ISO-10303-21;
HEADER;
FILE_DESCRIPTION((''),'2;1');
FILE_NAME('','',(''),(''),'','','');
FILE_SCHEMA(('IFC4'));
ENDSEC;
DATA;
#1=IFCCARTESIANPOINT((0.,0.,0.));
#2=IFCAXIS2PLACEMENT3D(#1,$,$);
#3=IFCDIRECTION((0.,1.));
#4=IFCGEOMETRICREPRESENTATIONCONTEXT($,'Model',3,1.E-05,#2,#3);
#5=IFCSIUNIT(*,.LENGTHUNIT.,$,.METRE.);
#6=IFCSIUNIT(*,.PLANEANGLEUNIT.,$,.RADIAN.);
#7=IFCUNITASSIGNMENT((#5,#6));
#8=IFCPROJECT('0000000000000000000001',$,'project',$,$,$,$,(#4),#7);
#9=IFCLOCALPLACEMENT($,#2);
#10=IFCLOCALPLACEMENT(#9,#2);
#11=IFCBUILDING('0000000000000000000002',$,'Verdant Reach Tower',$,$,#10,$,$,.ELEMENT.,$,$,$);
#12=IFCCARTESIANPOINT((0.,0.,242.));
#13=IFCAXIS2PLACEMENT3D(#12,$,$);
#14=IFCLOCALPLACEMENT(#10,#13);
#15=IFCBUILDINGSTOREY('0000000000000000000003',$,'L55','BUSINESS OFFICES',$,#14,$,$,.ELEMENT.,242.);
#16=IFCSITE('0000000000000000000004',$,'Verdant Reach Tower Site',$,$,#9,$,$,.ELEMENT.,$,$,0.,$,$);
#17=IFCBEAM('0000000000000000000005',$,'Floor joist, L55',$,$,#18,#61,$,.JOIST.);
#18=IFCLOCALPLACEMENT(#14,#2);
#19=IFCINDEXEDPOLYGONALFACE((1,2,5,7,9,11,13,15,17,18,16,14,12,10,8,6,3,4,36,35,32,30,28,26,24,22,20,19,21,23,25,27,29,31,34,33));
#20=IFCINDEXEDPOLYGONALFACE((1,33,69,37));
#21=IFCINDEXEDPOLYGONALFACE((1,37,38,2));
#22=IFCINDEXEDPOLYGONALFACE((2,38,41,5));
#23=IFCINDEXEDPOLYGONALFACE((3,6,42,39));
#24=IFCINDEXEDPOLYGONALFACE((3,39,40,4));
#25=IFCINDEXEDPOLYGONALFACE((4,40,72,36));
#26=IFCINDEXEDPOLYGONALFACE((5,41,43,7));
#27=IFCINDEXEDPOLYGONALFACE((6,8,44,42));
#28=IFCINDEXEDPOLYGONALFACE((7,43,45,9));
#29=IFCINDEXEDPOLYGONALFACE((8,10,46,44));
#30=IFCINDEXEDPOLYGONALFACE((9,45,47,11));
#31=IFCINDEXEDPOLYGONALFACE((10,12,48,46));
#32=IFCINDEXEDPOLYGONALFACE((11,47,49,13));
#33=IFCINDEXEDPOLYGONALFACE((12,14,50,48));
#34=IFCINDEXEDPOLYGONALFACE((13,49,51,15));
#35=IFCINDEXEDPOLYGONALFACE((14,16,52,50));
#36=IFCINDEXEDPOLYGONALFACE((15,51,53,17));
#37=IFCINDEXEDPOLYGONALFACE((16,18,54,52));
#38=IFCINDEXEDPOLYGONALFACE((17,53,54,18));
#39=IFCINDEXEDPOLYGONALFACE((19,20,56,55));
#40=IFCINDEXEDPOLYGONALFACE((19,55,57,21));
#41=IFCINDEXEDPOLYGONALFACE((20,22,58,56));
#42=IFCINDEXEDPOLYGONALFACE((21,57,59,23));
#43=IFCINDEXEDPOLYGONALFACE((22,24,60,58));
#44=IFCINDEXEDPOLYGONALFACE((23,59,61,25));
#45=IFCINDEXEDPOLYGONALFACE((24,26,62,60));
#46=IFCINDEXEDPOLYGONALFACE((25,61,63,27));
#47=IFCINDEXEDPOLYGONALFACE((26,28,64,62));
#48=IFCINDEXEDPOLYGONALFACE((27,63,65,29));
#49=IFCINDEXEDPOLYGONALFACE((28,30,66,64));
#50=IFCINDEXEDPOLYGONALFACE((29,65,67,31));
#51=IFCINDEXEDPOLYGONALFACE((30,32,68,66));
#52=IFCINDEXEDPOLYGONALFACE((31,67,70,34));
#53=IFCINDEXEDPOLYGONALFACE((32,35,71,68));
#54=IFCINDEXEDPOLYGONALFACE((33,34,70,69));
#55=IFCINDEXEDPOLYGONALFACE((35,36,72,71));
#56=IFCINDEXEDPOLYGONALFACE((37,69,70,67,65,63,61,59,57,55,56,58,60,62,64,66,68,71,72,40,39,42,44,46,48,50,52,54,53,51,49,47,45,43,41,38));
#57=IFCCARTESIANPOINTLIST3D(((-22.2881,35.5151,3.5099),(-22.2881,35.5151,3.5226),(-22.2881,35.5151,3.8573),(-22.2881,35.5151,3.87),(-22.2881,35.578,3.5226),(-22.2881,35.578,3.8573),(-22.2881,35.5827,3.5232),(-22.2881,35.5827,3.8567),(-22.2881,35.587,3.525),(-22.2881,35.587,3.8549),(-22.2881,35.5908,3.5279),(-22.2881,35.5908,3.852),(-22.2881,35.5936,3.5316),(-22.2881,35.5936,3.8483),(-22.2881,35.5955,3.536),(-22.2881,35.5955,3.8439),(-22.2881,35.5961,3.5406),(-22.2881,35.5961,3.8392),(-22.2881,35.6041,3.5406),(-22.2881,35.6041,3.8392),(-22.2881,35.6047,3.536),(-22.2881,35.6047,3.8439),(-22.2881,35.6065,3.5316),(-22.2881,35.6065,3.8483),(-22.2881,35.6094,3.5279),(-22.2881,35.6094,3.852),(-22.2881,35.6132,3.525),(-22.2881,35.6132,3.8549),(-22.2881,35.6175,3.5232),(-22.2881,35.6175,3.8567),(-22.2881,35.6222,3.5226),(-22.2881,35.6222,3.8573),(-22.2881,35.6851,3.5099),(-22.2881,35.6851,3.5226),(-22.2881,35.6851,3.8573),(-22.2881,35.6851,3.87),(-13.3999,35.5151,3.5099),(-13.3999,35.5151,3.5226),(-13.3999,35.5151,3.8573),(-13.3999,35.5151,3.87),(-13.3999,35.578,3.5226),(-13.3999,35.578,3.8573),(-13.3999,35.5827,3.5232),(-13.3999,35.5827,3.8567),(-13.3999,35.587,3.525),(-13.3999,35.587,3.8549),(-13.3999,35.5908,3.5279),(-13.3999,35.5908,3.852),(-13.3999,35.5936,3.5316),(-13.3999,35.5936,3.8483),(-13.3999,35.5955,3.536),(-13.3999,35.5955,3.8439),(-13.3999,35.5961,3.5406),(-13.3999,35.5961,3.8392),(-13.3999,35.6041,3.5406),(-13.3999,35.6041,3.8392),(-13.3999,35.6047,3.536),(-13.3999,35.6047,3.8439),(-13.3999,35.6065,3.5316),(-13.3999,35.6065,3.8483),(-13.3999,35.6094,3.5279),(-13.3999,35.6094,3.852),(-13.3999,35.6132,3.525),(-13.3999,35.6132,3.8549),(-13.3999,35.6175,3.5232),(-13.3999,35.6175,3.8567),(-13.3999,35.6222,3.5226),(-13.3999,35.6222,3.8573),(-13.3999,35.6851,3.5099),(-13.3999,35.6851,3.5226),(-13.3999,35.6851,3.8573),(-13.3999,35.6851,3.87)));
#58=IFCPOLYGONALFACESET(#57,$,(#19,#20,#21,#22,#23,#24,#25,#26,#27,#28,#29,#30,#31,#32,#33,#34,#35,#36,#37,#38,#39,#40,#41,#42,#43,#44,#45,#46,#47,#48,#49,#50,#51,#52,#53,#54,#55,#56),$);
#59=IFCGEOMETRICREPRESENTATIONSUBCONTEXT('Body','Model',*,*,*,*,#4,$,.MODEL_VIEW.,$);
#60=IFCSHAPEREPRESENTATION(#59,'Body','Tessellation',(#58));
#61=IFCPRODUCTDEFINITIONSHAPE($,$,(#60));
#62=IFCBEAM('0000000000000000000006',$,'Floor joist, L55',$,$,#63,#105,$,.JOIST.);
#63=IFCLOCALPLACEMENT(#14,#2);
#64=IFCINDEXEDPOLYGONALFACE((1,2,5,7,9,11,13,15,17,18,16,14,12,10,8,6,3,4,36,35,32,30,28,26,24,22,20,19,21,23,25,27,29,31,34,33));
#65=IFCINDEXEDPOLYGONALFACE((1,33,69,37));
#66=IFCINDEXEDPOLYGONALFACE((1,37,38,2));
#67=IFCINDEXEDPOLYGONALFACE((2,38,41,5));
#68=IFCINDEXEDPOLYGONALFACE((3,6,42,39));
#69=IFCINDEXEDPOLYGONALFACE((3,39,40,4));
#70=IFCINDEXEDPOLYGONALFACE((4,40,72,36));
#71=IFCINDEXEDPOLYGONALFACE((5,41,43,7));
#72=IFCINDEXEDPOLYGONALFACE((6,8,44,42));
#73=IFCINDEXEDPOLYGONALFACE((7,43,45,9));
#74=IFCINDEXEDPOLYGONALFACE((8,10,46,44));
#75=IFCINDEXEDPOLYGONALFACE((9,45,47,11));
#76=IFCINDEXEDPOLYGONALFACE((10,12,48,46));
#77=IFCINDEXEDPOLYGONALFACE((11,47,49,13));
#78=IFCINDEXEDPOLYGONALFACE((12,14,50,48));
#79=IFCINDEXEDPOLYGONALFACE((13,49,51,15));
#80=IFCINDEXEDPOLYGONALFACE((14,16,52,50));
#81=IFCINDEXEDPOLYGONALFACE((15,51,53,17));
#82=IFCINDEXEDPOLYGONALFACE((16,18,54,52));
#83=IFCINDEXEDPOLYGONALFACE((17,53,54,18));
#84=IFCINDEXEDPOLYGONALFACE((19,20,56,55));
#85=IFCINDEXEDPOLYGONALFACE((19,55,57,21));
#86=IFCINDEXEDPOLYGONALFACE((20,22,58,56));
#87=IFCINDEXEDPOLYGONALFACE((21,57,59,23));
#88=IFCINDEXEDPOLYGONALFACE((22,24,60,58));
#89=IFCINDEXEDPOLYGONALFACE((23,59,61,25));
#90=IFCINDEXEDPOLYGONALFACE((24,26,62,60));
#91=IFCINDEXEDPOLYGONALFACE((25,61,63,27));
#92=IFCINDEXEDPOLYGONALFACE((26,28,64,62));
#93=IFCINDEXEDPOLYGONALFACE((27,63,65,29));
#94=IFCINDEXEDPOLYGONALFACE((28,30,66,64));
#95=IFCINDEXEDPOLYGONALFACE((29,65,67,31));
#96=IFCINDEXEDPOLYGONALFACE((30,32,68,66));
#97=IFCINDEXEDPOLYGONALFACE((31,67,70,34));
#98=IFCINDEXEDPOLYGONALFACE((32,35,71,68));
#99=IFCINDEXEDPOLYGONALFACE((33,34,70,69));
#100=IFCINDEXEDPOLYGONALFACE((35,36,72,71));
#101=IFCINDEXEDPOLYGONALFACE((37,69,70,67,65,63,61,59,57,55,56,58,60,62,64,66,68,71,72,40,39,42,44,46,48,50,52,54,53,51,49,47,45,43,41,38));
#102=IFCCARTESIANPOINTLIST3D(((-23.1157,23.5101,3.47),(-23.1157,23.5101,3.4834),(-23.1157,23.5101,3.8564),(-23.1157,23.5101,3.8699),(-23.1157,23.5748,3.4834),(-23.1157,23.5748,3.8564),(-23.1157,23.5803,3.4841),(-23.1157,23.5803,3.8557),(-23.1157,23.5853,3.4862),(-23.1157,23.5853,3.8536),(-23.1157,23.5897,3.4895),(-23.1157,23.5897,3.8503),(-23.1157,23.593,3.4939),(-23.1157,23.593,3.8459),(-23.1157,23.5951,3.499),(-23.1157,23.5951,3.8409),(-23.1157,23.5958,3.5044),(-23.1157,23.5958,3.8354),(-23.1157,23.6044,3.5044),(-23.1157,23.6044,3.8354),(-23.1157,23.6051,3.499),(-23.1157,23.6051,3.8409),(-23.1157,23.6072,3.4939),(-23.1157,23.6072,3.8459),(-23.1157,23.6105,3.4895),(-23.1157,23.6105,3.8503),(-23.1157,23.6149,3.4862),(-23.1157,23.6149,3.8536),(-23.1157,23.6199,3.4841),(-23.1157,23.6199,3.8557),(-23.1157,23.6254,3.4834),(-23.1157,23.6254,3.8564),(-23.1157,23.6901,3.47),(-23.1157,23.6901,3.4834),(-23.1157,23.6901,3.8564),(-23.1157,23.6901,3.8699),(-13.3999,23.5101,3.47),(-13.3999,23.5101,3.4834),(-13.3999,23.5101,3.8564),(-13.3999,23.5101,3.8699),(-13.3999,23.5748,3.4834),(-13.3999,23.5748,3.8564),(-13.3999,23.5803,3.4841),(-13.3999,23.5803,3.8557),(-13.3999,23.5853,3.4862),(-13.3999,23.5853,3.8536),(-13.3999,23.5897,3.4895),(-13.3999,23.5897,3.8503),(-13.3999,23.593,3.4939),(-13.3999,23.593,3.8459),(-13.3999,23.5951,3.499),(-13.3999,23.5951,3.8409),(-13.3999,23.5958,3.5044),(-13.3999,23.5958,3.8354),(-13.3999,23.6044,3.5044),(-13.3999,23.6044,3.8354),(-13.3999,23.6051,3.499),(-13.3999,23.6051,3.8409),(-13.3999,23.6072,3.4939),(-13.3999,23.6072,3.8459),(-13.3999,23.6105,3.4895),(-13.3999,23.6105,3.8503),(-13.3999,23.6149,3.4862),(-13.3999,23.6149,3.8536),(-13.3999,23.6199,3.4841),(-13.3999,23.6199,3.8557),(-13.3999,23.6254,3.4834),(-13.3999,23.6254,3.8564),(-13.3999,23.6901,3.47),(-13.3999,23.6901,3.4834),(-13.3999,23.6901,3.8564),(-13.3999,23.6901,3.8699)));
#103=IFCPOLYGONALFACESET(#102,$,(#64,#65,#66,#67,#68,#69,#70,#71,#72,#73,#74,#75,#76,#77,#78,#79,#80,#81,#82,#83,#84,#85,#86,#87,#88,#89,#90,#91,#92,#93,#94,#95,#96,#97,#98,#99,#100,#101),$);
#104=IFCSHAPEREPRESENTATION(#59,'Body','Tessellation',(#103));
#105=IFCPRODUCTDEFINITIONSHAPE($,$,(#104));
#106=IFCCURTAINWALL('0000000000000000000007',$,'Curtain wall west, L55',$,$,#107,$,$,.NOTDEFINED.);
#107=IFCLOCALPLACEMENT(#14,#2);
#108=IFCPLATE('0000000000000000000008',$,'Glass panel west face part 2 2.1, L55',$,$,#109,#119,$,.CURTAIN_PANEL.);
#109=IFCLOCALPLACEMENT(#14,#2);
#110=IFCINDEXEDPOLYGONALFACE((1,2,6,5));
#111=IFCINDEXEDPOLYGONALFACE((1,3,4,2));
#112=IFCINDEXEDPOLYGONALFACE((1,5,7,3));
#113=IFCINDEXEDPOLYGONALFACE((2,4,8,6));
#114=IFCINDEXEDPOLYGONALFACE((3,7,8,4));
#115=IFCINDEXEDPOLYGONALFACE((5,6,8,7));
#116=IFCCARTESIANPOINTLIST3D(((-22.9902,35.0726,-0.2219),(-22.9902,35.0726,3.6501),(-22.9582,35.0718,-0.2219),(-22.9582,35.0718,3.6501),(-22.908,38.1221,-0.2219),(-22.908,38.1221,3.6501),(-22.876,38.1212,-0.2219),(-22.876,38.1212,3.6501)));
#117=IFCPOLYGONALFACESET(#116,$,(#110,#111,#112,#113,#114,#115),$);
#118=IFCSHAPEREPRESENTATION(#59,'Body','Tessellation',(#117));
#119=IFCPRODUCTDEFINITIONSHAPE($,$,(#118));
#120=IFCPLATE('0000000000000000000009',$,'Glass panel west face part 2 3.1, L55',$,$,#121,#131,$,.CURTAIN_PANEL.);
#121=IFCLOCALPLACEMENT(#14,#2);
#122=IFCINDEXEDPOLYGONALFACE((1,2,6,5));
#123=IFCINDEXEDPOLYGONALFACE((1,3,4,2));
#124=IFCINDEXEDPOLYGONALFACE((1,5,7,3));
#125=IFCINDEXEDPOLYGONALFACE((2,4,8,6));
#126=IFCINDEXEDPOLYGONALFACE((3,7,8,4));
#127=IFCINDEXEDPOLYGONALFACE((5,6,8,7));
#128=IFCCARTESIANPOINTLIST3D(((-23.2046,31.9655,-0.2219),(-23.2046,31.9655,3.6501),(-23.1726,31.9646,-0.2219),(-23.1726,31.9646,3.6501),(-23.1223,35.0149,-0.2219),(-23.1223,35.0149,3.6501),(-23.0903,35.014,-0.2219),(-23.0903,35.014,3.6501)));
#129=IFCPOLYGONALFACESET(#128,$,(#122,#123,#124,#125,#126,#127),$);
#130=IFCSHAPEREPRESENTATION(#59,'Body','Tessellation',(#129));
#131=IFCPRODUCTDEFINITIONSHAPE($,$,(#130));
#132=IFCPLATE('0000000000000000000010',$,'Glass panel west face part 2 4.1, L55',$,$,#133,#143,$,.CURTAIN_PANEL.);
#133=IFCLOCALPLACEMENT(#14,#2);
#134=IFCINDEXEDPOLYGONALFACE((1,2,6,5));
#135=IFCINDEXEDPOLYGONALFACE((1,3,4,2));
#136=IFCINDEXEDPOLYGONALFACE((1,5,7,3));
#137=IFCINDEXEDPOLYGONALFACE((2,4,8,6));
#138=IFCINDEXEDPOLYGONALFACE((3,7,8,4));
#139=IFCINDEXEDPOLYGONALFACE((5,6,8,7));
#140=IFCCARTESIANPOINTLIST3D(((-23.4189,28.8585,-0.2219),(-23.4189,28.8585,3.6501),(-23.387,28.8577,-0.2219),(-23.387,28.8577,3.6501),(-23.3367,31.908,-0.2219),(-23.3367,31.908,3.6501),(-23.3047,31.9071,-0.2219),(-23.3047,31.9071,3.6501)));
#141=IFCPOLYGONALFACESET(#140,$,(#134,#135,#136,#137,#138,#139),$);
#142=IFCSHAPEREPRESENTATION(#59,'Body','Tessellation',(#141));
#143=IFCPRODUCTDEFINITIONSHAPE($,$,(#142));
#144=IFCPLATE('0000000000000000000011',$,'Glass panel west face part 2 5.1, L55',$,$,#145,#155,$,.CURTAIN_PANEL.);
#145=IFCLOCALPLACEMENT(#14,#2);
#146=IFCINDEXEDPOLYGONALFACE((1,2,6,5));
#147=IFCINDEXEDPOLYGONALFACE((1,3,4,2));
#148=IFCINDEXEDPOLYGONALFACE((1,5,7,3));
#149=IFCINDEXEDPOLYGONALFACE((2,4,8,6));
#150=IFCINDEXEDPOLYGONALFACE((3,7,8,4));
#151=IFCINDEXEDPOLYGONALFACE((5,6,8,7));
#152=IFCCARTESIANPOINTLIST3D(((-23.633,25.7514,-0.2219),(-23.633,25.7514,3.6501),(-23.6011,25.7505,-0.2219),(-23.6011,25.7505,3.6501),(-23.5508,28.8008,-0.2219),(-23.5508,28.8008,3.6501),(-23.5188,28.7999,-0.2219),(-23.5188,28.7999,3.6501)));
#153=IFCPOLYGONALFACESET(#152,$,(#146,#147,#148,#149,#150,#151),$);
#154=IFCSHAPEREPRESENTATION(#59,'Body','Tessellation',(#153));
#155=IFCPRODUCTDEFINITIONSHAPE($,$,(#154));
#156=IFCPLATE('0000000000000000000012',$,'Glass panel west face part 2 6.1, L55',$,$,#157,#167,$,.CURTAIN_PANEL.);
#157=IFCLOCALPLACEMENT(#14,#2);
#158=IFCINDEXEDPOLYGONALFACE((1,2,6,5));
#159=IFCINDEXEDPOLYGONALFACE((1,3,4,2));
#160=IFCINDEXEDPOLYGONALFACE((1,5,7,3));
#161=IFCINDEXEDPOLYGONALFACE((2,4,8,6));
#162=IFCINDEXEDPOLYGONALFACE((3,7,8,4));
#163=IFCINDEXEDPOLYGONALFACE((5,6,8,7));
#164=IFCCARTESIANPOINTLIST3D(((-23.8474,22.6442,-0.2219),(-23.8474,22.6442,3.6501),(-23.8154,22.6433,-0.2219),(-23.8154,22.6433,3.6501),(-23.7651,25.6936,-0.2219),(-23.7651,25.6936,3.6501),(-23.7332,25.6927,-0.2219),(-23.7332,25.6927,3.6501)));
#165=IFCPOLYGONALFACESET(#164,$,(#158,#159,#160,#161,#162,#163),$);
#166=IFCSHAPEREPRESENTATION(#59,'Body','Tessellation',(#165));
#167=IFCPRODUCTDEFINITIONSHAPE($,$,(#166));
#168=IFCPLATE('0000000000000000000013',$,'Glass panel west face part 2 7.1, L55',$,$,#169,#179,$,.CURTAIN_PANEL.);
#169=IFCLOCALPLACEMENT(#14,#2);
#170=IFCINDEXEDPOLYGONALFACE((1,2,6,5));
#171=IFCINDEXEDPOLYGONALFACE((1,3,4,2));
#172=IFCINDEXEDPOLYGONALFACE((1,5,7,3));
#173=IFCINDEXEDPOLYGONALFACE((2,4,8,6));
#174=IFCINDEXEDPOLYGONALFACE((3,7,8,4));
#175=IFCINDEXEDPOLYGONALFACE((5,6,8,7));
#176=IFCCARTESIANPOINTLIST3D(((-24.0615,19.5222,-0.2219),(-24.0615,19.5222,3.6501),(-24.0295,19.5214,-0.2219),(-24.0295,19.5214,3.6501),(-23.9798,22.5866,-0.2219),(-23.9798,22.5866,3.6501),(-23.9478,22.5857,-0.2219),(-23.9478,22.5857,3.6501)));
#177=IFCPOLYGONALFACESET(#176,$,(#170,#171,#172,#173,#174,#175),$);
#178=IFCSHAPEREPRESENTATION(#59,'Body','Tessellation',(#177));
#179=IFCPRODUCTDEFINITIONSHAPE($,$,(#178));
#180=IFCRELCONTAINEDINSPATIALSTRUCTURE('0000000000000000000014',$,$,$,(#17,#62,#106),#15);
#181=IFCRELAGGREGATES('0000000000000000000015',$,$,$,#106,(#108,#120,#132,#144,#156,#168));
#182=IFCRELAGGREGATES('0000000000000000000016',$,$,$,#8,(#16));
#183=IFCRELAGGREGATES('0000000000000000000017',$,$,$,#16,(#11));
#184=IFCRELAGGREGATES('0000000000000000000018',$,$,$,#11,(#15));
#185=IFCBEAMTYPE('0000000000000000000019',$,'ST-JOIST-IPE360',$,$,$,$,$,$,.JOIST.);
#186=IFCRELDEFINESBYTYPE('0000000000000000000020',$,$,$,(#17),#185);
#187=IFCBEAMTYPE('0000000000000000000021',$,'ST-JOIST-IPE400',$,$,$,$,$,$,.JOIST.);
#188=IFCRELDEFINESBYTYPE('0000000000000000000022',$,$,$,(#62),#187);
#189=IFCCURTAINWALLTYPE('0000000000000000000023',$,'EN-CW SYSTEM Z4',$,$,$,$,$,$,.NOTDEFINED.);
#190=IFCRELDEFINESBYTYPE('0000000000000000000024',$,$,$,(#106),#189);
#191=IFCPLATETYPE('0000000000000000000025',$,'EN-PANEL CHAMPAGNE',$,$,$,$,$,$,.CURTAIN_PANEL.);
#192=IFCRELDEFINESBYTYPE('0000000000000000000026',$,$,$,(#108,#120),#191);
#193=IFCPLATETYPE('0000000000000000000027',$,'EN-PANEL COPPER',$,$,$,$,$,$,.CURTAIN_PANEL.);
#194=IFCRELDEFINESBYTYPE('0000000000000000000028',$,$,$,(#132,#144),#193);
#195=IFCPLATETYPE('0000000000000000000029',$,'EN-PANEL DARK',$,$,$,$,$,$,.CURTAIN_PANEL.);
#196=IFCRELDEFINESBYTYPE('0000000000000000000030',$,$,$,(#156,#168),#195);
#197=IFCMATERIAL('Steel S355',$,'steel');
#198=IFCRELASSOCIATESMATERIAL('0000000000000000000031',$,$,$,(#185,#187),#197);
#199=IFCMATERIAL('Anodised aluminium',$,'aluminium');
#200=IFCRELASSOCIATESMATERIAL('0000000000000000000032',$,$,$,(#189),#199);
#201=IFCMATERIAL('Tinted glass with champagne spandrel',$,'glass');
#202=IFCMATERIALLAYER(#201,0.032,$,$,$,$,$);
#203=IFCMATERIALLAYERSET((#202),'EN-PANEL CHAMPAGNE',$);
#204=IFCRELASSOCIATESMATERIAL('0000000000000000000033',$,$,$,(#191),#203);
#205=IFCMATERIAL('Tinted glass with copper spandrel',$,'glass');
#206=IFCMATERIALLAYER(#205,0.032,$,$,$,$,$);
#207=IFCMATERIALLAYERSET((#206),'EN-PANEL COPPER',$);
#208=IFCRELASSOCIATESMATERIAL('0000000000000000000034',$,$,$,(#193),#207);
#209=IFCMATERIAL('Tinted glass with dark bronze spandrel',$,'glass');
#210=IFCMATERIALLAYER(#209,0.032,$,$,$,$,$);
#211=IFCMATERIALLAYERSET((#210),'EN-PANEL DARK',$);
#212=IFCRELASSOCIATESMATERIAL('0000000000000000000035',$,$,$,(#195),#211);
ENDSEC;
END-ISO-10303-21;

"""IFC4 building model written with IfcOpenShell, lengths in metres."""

from ifc_helpers import new_model, si_unit, direction, frame, origin, origin_2d, place, context, subcontext, project, spatial, rectangle, i_section, extrude, material, layer, layer_set, material_profile, profile_set, type_object, element, aggregate, save


model = new_model("IFC4")

# Units and contexts
model_context = context("Model", 3, precision=1e-05, world=origin(), true_north=direction((0.0, 1.0)))
body_context = subcontext(model_context, "Body", "Model", "MODEL_VIEW")
ifc_project = project(units=[si_unit("LENGTHUNIT", "METRE"), si_unit("PLANEANGLEUNIT", "RADIAN")], contexts=[model_context])

# Site, building, storey
site_placement = place(None, origin())
site = spatial("IfcSite", under=ifc_project, at=site_placement, Name="Verdant Reach Tower Site", CompositionType="ELEMENT", RefElevation=0.0)
building_placement = place(site_placement, origin())
building = spatial("IfcBuilding", under=site, at=building_placement, Name="Verdant Reach Tower", CompositionType="ELEMENT")
storey_placement = place(building_placement, frame((0.0, 0.0, 242.0)))
storey = spatial("IfcBuildingStorey", under=building, at=storey_placement, Name="L55", Description="BUSINESS OFFICES", CompositionType="ELEMENT", Elevation=242.0)

# Beams
ifc_material_1 = material(Name="Steel S355", Category="steel")
ifc_material_profile_1 = material_profile(ifc_material_1, i_section(OverallWidth=0.1699, OverallDepth=0.3601, WebThickness=0.0081, FlangeThickness=0.0127, FilletRadius=0.0181, at=origin_2d()), Name="IPE 360")
ifc_profile_set_1 = profile_set([ifc_material_profile_1], Name="Steel S355")
beam_type_1 = type_object("IfcBeamType", Name="ST-JOIST-IPE360", PredefinedType="JOIST", material=ifc_profile_set_1)
beam_1_placement = place(storey_placement, frame((-13.3999, 35.6001, 3.6899), z_axis=(-1.0, 0.0, 0.0), x_axis=(0.0, -1.0, 0.0)))
element("IfcBeam", 1, at=beam_1_placement, inside=storey, type_object=beam_type_1, Name="Floor joist, L55", PredefinedType="JOIST", context=body_context, shape_type="SweptSolid", body=[
    extrude(i_section(OverallWidth=0.1699, OverallDepth=0.3601, WebThickness=0.0081, FlangeThickness=0.0127, FilletRadius=0.0181, at=origin_2d()), origin(), (0.0, 0.0, 1.0), 8.8882),
])
ifc_material_profile_2 = material_profile(ifc_material_1, i_section(OverallWidth=0.1799, OverallDepth=0.3999, WebThickness=0.0085, FlangeThickness=0.0134, FilletRadius=0.021, at=origin_2d()), Name="IPE 400")
ifc_profile_set_2 = profile_set([ifc_material_profile_2], Name="Steel S355")
beam_type_2 = type_object("IfcBeamType", Name="ST-JOIST-IPE400", PredefinedType="JOIST", material=ifc_profile_set_2)
beam_2_placement = place(storey_placement, frame((-13.3999, 23.6001, 3.6699), z_axis=(-1.0, 0.0, 0.0), x_axis=(0.0, -1.0, 0.0)))
element("IfcBeam", 2, at=beam_2_placement, inside=storey, type_object=beam_type_2, Name="Floor joist, L55", PredefinedType="JOIST", context=body_context, shape_type="SweptSolid", body=[
    extrude(i_section(OverallWidth=0.1799, OverallDepth=0.3999, WebThickness=0.0085, FlangeThickness=0.0134, FilletRadius=0.021, at=origin_2d()), origin(), (0.0, 0.0, 1.0), 9.7158),
])

# Curtain wall, plates
ifc_material_2 = material(Name="Anodised aluminium", Category="aluminium")
curtain_wall_type = type_object("IfcCurtainWallType", Name="EN-CW SYSTEM Z4", PredefinedType="NOTDEFINED", material=ifc_material_2)
curtain_wall_placement = place(storey_placement, origin())
curtain_wall = element("IfcCurtainWall", 3, at=curtain_wall_placement, inside=storey, type_object=curtain_wall_type, Name="Curtain wall west, L55", PredefinedType="NOTDEFINED")
ifc_material_3 = material(Name="Tinted glass with champagne spandrel", Category="glass")
ifc_layer_1 = layer(ifc_material_3, 0.032)
ifc_layer_set_1 = layer_set([ifc_layer_1], Name="EN-PANEL CHAMPAGNE")
plate_type_1 = type_object("IfcPlateType", Name="EN-PANEL CHAMPAGNE", PredefinedType="CURTAIN_PANEL", material=ifc_layer_set_1)
plate_1_placement = place(storey_placement, frame((-22.9331, 36.5969, -0.2219), z_axis=(0.0, 0.0, 1.0), x_axis=(-0.026965, -0.999636, 0.0)))
plate_1 = element("IfcPlate", 4, at=plate_1_placement, type_object=plate_type_1, Name="Glass panel west face part 2 2.1, L55", PredefinedType="CURTAIN_PANEL", context=body_context, shape_type="SweptSolid", body=[
    extrude(rectangle(XDim=3.0505, YDim=0.032, at=origin_2d()), origin(), (0.0, 0.0, 1.0), 3.8721),
])
plate_2_placement = place(storey_placement, frame((-23.1475, 33.4897, -0.2219), z_axis=(0.0, 0.0, 1.0), x_axis=(-0.026965, -0.999636, 0.0)))
plate_2 = element("IfcPlate", 5, at=plate_2_placement, type_object=plate_type_1, Name="Glass panel west face part 2 3.1, L55", PredefinedType="CURTAIN_PANEL", context=body_context, shape_type="SweptSolid", body=[
    extrude(rectangle(XDim=3.0505, YDim=0.032, at=origin_2d()), origin(), (0.0, 0.0, 1.0), 3.8721),
])
ifc_material_4 = material(Name="Tinted glass with copper spandrel", Category="glass")
ifc_layer_2 = layer(ifc_material_4, 0.032)
ifc_layer_set_2 = layer_set([ifc_layer_2], Name="EN-PANEL COPPER")
plate_type_2 = type_object("IfcPlateType", Name="EN-PANEL COPPER", PredefinedType="CURTAIN_PANEL", material=ifc_layer_set_2)
plate_3_placement = place(storey_placement, frame((-23.3618, 30.3828, -0.2219), z_axis=(0.0, 0.0, 1.0), x_axis=(-0.026965, -0.999636, 0.0)))
plate_3 = element("IfcPlate", 6, at=plate_3_placement, type_object=plate_type_2, Name="Glass panel west face part 2 4.1, L55", PredefinedType="CURTAIN_PANEL", context=body_context, shape_type="SweptSolid", body=[
    extrude(rectangle(XDim=3.0505, YDim=0.032, at=origin_2d()), origin(), (0.0, 0.0, 1.0), 3.8721),
])
plate_4_placement = place(storey_placement, frame((-23.5759, 27.2756, -0.2219), z_axis=(0.0, 0.0, 1.0), x_axis=(-0.026965, -0.999636, 0.0)))
plate_4 = element("IfcPlate", 7, at=plate_4_placement, type_object=plate_type_2, Name="Glass panel west face part 2 5.1, L55", PredefinedType="CURTAIN_PANEL", context=body_context, shape_type="SweptSolid", body=[
    extrude(rectangle(XDim=3.0505, YDim=0.032, at=origin_2d()), origin(), (0.0, 0.0, 1.0), 3.8721),
])
ifc_material_5 = material(Name="Tinted glass with dark bronze spandrel", Category="glass")
ifc_layer_3 = layer(ifc_material_5, 0.032)
ifc_layer_set_3 = layer_set([ifc_layer_3], Name="EN-PANEL DARK")
plate_type_3 = type_object("IfcPlateType", Name="EN-PANEL DARK", PredefinedType="CURTAIN_PANEL", material=ifc_layer_set_3)
plate_5_placement = place(storey_placement, frame((-23.7903, 24.1685, -0.2219), z_axis=(0.0, 0.0, 1.0), x_axis=(-0.026965, -0.999636, 0.0)))
plate_5 = element("IfcPlate", 8, at=plate_5_placement, type_object=plate_type_3, Name="Glass panel west face part 2 6.1, L55", PredefinedType="CURTAIN_PANEL", context=body_context, shape_type="SweptSolid", body=[
    extrude(rectangle(XDim=3.0505, YDim=0.032, at=origin_2d()), origin(), (0.0, 0.0, 1.0), 3.8721),
])
plate_6_placement = place(storey_placement, frame((-24.0046, 21.054, -0.2219), z_axis=(0.0, 0.0, 1.0), x_axis=(-0.026651, -0.999645, 0.0)))
plate_6 = element("IfcPlate", 9, at=plate_6_placement, type_object=plate_type_3, Name="Glass panel west face part 2 7.1, L55", PredefinedType="CURTAIN_PANEL", context=body_context, shape_type="SweptSolid", body=[
    extrude(rectangle(XDim=3.0654, YDim=0.032, at=origin_2d()), origin(), (0.0, 0.0, 1.0), 3.8721),
])
aggregate(curtain_wall, [plate_1, plate_2, plate_3, plate_4, plate_5, plate_6])

save(model, "model.ifc")
